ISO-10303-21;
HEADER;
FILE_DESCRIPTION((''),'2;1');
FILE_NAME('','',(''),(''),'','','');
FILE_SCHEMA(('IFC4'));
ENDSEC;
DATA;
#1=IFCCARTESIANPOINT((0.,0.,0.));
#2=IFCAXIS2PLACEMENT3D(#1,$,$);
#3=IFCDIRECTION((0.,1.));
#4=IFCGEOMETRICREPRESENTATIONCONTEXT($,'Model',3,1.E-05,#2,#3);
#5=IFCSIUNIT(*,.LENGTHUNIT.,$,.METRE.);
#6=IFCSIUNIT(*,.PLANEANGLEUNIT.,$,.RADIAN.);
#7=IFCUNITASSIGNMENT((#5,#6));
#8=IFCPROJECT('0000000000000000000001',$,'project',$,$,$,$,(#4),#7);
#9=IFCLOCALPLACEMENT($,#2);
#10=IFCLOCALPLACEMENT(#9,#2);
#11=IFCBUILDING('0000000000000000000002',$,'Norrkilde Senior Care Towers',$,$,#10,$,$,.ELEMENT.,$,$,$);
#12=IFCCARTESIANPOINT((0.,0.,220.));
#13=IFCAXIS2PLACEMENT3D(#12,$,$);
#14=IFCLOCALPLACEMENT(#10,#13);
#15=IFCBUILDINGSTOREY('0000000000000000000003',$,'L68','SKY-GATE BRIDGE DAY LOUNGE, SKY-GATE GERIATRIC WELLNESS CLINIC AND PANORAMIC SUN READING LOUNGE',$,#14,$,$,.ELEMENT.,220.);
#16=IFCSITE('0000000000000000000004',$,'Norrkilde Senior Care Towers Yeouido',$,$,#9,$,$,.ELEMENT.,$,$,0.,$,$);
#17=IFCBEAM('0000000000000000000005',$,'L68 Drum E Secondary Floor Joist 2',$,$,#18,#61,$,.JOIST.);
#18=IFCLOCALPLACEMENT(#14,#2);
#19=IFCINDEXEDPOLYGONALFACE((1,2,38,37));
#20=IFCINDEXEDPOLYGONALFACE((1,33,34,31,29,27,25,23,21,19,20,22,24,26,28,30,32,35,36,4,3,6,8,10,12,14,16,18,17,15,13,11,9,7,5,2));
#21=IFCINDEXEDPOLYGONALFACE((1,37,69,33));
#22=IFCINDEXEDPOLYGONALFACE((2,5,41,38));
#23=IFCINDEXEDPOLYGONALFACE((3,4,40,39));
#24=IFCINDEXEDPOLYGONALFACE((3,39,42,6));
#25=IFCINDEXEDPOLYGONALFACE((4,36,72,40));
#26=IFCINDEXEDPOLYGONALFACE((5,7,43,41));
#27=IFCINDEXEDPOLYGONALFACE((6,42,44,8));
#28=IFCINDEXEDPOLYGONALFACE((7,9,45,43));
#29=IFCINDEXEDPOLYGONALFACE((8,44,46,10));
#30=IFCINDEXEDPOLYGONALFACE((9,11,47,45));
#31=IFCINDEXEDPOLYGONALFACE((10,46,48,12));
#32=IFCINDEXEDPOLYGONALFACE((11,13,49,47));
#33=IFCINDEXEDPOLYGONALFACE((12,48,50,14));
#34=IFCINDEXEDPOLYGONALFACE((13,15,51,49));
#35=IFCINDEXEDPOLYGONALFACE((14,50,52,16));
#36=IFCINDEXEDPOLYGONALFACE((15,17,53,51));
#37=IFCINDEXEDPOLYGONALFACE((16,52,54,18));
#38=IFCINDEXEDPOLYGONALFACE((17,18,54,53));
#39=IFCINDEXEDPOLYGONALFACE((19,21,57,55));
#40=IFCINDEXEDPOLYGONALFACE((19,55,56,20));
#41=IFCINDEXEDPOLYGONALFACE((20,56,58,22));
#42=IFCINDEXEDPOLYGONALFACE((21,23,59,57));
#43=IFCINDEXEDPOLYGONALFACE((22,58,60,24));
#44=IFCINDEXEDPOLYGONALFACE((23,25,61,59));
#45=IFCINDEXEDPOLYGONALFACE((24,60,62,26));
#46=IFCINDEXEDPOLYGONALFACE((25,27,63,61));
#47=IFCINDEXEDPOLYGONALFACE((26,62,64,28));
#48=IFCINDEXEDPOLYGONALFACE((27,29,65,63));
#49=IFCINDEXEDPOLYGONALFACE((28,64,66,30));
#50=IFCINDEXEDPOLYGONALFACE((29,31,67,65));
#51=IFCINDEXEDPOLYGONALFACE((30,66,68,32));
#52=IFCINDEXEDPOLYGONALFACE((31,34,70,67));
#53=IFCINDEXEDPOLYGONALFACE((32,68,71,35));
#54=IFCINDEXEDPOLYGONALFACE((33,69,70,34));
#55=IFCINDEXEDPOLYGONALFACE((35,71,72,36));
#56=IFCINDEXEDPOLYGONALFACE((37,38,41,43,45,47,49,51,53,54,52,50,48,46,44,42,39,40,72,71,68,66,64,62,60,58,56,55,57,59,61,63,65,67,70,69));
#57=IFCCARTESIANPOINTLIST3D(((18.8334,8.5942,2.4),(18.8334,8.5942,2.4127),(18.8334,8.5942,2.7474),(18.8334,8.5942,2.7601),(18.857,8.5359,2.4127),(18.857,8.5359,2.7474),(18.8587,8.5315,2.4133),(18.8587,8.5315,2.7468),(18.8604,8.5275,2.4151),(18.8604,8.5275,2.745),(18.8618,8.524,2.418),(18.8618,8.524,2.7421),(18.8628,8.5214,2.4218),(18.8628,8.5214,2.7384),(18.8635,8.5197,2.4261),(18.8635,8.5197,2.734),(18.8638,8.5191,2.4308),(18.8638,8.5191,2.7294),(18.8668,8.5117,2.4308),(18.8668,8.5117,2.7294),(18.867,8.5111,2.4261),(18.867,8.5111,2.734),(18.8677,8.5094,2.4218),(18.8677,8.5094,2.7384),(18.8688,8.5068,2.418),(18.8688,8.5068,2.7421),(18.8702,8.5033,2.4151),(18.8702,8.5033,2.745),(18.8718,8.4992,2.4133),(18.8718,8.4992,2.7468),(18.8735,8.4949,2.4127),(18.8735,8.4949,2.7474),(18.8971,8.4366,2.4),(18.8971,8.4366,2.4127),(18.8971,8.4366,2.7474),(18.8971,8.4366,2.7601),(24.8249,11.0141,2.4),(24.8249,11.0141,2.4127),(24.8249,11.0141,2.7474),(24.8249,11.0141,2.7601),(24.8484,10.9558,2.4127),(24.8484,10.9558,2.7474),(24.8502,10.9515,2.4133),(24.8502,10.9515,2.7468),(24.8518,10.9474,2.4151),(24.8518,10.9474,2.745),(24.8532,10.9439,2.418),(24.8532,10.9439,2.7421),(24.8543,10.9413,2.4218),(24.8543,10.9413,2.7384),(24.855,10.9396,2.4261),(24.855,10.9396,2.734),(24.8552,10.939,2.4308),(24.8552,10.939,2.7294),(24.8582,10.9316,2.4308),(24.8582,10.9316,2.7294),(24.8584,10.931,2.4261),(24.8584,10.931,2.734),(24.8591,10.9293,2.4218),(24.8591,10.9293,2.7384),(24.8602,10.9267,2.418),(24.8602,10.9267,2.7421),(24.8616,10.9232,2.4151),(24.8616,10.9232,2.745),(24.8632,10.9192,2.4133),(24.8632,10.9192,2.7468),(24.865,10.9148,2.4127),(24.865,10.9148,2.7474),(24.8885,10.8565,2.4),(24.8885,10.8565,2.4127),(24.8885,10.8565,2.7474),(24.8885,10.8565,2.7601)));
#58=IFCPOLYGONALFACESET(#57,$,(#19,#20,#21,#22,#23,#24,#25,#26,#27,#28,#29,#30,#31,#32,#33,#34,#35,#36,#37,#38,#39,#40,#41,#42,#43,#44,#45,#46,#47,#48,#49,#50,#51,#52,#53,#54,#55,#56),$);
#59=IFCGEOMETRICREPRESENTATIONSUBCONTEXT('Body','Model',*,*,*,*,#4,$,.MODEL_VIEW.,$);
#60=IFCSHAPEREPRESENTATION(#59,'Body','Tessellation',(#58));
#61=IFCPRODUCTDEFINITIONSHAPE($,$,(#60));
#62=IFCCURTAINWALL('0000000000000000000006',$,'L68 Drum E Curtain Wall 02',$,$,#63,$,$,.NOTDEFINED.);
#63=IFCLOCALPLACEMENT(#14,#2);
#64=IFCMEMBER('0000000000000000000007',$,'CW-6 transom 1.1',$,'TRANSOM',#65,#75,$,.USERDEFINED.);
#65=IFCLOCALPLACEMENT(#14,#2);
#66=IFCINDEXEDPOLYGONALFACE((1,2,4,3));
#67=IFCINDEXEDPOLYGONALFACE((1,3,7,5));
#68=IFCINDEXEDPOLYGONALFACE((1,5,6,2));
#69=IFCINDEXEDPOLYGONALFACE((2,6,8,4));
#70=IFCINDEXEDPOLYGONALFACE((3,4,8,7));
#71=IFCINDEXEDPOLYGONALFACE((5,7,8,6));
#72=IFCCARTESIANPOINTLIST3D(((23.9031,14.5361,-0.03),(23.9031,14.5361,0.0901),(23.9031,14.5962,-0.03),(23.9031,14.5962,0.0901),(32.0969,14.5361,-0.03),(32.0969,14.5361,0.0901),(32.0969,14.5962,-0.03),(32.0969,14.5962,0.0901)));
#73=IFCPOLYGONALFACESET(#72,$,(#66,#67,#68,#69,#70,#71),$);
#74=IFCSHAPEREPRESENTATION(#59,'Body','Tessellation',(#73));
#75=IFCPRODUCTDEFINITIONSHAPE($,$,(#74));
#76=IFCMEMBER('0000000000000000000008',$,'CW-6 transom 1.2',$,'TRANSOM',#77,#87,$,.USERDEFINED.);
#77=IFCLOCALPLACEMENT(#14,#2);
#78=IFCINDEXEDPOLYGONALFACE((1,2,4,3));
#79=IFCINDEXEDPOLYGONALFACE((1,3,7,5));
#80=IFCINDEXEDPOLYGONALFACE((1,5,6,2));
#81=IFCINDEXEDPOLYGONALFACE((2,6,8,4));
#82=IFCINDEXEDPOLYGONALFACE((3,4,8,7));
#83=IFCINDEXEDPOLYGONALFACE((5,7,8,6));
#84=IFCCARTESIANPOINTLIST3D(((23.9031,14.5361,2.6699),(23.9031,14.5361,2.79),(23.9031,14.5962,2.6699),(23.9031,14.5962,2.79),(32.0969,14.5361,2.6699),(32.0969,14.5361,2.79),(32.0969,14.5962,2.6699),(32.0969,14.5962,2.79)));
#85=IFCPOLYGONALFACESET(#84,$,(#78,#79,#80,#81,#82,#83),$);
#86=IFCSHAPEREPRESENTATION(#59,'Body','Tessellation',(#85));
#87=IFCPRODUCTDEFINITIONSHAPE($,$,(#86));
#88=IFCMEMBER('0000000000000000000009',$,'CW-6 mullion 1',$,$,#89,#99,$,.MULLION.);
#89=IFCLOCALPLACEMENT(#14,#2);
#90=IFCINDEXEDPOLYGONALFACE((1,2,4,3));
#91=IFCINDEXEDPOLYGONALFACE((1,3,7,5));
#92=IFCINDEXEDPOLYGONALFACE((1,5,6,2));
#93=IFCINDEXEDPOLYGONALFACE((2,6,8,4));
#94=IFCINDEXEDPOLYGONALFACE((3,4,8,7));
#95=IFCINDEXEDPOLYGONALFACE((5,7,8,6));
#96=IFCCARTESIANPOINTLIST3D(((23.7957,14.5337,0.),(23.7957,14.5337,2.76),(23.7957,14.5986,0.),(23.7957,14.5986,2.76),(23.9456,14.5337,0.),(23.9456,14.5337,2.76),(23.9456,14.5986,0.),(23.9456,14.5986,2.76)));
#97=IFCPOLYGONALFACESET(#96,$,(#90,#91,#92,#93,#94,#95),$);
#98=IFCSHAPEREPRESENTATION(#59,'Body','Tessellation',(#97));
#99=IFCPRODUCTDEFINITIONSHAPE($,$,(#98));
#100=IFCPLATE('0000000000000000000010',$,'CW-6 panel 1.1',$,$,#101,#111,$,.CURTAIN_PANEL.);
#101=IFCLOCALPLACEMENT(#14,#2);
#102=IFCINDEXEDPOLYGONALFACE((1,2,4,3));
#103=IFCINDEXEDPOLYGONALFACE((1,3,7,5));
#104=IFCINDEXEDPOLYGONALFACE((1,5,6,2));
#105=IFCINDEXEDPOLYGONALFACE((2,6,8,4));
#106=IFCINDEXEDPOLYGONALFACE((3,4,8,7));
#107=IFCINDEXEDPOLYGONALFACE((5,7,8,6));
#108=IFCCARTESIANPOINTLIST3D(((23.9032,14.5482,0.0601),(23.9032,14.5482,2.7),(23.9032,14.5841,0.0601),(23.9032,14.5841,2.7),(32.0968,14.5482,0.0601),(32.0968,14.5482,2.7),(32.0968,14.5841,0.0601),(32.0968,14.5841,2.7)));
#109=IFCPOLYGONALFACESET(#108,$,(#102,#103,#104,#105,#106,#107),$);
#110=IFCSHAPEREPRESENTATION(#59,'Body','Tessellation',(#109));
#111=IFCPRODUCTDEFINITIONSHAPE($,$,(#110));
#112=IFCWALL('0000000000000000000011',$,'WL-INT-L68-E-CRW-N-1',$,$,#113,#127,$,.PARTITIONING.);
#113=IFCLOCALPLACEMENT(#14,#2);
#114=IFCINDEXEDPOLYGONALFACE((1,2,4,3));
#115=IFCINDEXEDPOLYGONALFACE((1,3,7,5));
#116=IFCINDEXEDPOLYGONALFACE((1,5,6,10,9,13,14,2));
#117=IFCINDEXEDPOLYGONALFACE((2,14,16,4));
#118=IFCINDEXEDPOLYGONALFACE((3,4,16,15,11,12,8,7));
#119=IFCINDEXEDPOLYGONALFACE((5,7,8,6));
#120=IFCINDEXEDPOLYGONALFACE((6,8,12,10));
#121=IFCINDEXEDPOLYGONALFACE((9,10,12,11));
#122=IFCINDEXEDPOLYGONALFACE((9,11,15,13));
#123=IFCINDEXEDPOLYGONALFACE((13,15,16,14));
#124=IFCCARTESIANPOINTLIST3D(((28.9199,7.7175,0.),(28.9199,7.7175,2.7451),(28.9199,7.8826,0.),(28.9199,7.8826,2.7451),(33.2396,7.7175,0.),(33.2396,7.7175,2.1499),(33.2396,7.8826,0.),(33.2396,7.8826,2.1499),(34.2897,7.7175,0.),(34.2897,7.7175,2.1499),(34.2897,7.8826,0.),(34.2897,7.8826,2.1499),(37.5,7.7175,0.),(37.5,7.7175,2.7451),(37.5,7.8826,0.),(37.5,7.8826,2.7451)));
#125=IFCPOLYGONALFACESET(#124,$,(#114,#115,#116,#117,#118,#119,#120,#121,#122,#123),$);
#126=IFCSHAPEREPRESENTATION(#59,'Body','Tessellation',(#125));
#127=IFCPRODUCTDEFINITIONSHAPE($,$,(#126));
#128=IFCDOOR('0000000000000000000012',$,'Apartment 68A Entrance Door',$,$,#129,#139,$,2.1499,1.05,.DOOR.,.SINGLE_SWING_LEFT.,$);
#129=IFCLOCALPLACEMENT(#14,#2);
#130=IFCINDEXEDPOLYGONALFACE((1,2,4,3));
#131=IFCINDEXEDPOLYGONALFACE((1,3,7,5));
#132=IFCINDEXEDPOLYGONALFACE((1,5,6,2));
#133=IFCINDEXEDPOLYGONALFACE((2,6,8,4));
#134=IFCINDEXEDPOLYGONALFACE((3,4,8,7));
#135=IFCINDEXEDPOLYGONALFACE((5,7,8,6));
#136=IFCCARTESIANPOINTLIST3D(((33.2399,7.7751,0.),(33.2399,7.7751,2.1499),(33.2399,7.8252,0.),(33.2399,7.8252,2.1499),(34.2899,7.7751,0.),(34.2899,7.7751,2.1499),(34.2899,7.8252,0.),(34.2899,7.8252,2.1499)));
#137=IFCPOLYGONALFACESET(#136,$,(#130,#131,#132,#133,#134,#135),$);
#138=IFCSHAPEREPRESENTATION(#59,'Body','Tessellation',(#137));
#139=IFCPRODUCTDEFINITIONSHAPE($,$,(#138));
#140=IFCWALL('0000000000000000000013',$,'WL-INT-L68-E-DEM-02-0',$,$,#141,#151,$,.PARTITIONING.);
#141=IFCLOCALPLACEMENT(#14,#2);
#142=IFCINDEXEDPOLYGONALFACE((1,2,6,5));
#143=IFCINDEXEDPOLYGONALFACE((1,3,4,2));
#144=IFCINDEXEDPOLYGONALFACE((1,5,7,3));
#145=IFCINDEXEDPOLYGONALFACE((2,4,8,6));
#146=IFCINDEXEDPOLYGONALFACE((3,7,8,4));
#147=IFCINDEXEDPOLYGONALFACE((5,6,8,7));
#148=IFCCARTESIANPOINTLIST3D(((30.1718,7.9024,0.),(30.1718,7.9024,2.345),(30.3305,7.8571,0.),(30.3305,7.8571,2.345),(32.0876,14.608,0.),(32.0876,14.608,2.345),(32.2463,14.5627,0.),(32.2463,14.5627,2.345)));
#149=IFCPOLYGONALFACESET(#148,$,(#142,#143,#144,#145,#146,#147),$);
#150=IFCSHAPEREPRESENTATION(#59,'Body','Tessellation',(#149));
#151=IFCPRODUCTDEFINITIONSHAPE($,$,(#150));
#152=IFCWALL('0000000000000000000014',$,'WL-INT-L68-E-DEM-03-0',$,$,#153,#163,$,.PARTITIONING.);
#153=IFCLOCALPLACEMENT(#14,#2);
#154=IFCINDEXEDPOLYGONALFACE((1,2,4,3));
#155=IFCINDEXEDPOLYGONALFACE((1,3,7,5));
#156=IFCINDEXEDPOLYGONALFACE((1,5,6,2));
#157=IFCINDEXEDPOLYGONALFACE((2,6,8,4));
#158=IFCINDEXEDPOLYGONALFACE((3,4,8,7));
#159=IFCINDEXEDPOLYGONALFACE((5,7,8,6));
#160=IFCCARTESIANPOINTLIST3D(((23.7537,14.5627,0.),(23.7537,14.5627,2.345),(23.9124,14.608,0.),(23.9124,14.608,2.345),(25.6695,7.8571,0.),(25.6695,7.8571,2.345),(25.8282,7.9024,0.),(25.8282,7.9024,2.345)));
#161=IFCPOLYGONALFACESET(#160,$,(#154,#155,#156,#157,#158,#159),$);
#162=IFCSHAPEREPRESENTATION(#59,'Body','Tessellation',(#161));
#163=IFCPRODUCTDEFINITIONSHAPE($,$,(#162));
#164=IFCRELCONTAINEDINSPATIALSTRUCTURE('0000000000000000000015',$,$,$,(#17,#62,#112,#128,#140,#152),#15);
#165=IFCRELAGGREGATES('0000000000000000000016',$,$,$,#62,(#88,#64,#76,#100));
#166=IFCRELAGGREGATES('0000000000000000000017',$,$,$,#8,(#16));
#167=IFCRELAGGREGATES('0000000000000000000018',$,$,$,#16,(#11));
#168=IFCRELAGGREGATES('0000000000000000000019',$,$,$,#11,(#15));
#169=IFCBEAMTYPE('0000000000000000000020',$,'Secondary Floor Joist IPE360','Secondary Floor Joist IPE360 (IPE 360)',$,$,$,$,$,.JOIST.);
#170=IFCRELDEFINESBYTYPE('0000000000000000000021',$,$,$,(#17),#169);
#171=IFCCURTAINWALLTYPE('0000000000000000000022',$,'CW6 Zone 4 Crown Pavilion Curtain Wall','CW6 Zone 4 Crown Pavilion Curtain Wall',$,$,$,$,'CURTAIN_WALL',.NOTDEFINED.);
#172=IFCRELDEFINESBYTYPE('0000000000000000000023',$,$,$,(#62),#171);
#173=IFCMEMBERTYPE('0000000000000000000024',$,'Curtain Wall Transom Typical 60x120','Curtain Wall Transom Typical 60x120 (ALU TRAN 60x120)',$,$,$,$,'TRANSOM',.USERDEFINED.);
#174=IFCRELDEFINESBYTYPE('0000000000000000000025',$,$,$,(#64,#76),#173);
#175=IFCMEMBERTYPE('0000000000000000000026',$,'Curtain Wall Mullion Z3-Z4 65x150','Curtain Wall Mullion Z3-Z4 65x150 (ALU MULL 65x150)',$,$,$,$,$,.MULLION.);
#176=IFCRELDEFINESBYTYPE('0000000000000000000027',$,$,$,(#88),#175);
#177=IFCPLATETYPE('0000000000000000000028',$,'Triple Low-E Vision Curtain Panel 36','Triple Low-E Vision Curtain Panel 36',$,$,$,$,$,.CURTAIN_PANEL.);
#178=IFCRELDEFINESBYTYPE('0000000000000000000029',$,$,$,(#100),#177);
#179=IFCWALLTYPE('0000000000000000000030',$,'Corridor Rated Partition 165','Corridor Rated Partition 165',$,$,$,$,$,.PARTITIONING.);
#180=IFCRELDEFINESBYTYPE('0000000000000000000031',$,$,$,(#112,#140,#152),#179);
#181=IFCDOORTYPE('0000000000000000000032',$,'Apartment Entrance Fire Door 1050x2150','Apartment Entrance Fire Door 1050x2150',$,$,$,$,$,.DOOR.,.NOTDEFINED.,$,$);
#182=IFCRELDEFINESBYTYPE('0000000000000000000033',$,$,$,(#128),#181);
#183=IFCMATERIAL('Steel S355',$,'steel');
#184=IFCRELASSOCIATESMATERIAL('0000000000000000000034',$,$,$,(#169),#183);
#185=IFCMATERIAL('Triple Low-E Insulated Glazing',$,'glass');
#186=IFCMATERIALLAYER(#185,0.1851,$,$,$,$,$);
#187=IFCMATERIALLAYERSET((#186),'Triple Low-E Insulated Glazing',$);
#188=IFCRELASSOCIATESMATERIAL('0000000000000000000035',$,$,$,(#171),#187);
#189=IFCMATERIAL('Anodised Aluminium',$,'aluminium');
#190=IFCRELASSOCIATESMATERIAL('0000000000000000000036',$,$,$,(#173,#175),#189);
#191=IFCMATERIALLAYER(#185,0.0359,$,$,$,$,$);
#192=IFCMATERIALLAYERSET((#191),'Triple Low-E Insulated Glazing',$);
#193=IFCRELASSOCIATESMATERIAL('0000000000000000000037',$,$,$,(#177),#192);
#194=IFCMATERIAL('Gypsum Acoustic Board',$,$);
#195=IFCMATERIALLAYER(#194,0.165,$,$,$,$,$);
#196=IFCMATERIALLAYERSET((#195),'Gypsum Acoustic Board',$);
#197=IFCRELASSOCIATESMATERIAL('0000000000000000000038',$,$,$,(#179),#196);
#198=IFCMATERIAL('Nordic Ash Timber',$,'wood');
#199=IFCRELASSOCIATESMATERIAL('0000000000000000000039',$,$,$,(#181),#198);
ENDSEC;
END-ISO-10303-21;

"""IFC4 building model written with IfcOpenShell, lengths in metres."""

from ifc_helpers import new_model, si_unit, direction, frame, frame_2d, origin, origin_2d, place, context, subcontext, project, spatial, rectangle, i_section, extrude, source, transform, mapped, material, layer, layer_set, material_profile, profile_set, type_object, type_shapes, element, fill, aggregate, save


model = new_model("IFC4")

# Units and contexts
model_context = context("Model", 3, precision=1e-05, world=origin(), true_north=direction((0.0, 1.0)))
body_context = subcontext(model_context, "Body", "Model", "MODEL_VIEW")
ifc_project = project(units=[si_unit("LENGTHUNIT", "METRE"), si_unit("PLANEANGLEUNIT", "RADIAN")], contexts=[model_context])

# Site, building, storey
site_placement = place(None, origin())
site = spatial("IfcSite", under=ifc_project, at=site_placement, Name="Norrkilde Senior Care Towers Yeouido", CompositionType="ELEMENT", RefElevation=0.0)
building_placement = place(site_placement, origin())
building = spatial("IfcBuilding", under=site, at=building_placement, Name="Norrkilde Senior Care Towers", CompositionType="ELEMENT")
storey_placement = place(building_placement, frame((0.0, 0.0, 220.0)))
storey = spatial("IfcBuildingStorey", under=building, at=storey_placement, Name="L68", Description="SKY-GATE BRIDGE DAY LOUNGE, SKY-GATE GERIATRIC WELLNESS CLINIC AND PANORAMIC SUN READING LOUNGE", CompositionType="ELEMENT", Elevation=220.0)

# Beam
ifc_material_1 = material(Name="Steel S355", Category="steel")
ifc_material_profile_1 = material_profile(ifc_material_1, i_section(OverallWidth=0.1699, OverallDepth=0.3601, WebThickness=0.0081, FlangeThickness=0.0127, FilletRadius=0.0181, at=origin_2d()), Name="IPE 360")
ifc_profile_set_1 = profile_set([ifc_material_profile_1], Name="Steel S355")
beam_type_1 = type_object("IfcBeamType", Name="Secondary Floor Joist IPE360", Description="Secondary Floor Joist IPE360 (IPE 360)", PredefinedType="JOIST", material=ifc_profile_set_1)
shared_shape_1 = source(origin(), body_context, "Body", "SweptSolid", [
    extrude(i_section(OverallWidth=0.1699, OverallDepth=0.3601, WebThickness=0.0081, FlangeThickness=0.0127, FilletRadius=0.0181, at=origin_2d()), origin(), (0.0, 0.0, 1.0), 6.4617),
])
type_shapes(beam_type_1, [shared_shape_1])
beam_1_placement = place(storey_placement, frame((24.8567, 10.9353, 2.5801), z_axis=(-0.927226, -0.374502, 0.0), x_axis=(0.374502, -0.927226, 0.0)))
element("IfcBeam", 1, at=beam_1_placement, inside=storey, type_object=beam_type_1, Name="L68 Drum E Secondary Floor Joist 2", PredefinedType="JOIST", context=body_context, shape_type="MappedRepresentation", body=[
    mapped(shared_shape_1, transform((0.0, 0.0, 0.0), x_axis=(1.0, 0.0, 0.0), y_axis=(0.0, 1.0, 0.0), z_axis=(0.0, 0.0, 1.0), scale=1.0)),
])

# Curtain wall, members, plate
ifc_material_2 = material(Name="Triple Low-E Insulated Glazing", Category="glass")
ifc_layer_1 = layer(ifc_material_2, 0.1851)
ifc_layer_set_1 = layer_set([ifc_layer_1], Name="Triple Low-E Insulated Glazing")
curtain_wall_type = type_object("IfcCurtainWallType", Name="CW6 Zone 4 Crown Pavilion Curtain Wall", Description="CW6 Zone 4 Crown Pavilion Curtain Wall", ElementType="CURTAIN_WALL", PredefinedType="NOTDEFINED", material=ifc_layer_set_1)
curtain_wall_placement = place(storey_placement, origin())
curtain_wall = element("IfcCurtainWall", 2, at=curtain_wall_placement, inside=storey, type_object=curtain_wall_type, Name="L68 Drum E Curtain Wall 02", PredefinedType="NOTDEFINED")
ifc_material_3 = material(Name="Anodised Aluminium", Category="aluminium")
ifc_material_profile_2 = material_profile(ifc_material_3, rectangle(XDim=0.0601, YDim=0.1201, at=origin_2d()), Name="ALU TRAN 60x120")
ifc_profile_set_2 = profile_set([ifc_material_profile_2], Name="Anodised Aluminium")
member_type_1 = type_object("IfcMemberType", Name="Curtain Wall Transom Typical 60x120", Description="Curtain Wall Transom Typical 60x120 (ALU TRAN 60x120)", ElementType="TRANSOM", PredefinedType="USERDEFINED", material=ifc_profile_set_2)
shared_shape_2 = source(origin(), body_context, "Body", "SweptSolid", [
    extrude(rectangle(XDim=0.0601, YDim=0.1201, at=origin_2d()), origin(), (0.0, 0.0, 1.0), 8.1938),
])
type_shapes(member_type_1, [shared_shape_2])
member_1_placement = place(storey_placement, frame((23.9031, 14.5662, 0.03), z_axis=(1.0, 0.0, 0.0), x_axis=(0.0, 1.0, 0.0)))
member_1 = element("IfcMember", 3, at=member_1_placement, type_object=member_type_1, Name="CW-6 transom 1.1", ObjectType="TRANSOM", PredefinedType="USERDEFINED", context=body_context, shape_type="MappedRepresentation", body=[
    mapped(shared_shape_2, transform((0.0, 0.0, 0.0), x_axis=(1.0, 0.0, 0.0), y_axis=(0.0, 1.0, 0.0), z_axis=(0.0, 0.0, 1.0), scale=1.0)),
])
member_2_placement = place(storey_placement, frame((23.9031, 14.5662, 2.73), z_axis=(1.0, 0.0, 0.0), x_axis=(0.0, 1.0, 0.0)))
member_2 = element("IfcMember", 4, at=member_2_placement, type_object=member_type_1, Name="CW-6 transom 1.2", ObjectType="TRANSOM", PredefinedType="USERDEFINED", context=body_context, shape_type="MappedRepresentation", body=[
    mapped(shared_shape_2, transform((0.0, 0.0, 0.0), x_axis=(1.0, 0.0, 0.0), y_axis=(0.0, 1.0, 0.0), z_axis=(0.0, 0.0, 1.0), scale=1.0)),
])
ifc_material_profile_3 = material_profile(ifc_material_3, rectangle(XDim=0.0649, YDim=0.1499, at=origin_2d()), Name="ALU MULL 65x150")
ifc_profile_set_3 = profile_set([ifc_material_profile_3], Name="Anodised Aluminium")
member_type_2 = type_object("IfcMemberType", Name="Curtain Wall Mullion Z3-Z4 65x150", Description="Curtain Wall Mullion Z3-Z4 65x150 (ALU MULL 65x150)", PredefinedType="MULLION", material=ifc_profile_set_3)
shared_shape_3 = source(origin(), body_context, "Body", "SweptSolid", [
    extrude(rectangle(XDim=0.0649, YDim=0.1499, at=origin_2d()), origin(), (0.0, 0.0, 1.0), 2.76),
])
type_shapes(member_type_2, [shared_shape_3])
member_3_placement = place(storey_placement, frame((23.8706, 14.5662, 0.0), z_axis=(0.0, 0.0, 1.0), x_axis=(0.0, 1.0, 0.0)))
member_3 = element("IfcMember", 5, at=member_3_placement, type_object=member_type_2, Name="CW-6 mullion 1", PredefinedType="MULLION", context=body_context, shape_type="MappedRepresentation", body=[
    mapped(shared_shape_3, transform((0.0, 0.0, 0.0), x_axis=(1.0, 0.0, 0.0), y_axis=(0.0, 1.0, 0.0), z_axis=(0.0, 0.0, 1.0), scale=1.0)),
])
ifc_layer_2 = layer(ifc_material_2, 0.0359)
ifc_layer_set_2 = layer_set([ifc_layer_2], Name="Triple Low-E Insulated Glazing")
plate_type = type_object("IfcPlateType", Name="Triple Low-E Vision Curtain Panel 36", Description="Triple Low-E Vision Curtain Panel 36", PredefinedType="CURTAIN_PANEL", material=ifc_layer_set_2)
shared_shape_4 = source(origin(), body_context, "Body", "SweptSolid", [
    extrude(rectangle(XDim=8.1936, YDim=0.0359, at=origin_2d()), origin(), (0.0, 0.0, 1.0), 2.6399),
])
type_shapes(plate_type, [shared_shape_4])
plate_placement = place(storey_placement, frame((28.0, 14.5662, 0.0601), z_axis=(0.0, 0.0, 1.0), x_axis=(1.0, 0.0, 0.0)))
plate = element("IfcPlate", 6, at=plate_placement, type_object=plate_type, Name="CW-6 panel 1.1", PredefinedType="CURTAIN_PANEL", context=body_context, shape_type="MappedRepresentation", body=[
    mapped(shared_shape_4, transform((0.0, 0.0, 0.0), x_axis=(1.0, 0.0, 0.0), y_axis=(0.0, 1.0, 0.0), z_axis=(0.0, 0.0, 1.0), scale=1.0)),
])
aggregate(curtain_wall, [member_3, member_1, member_2, plate])

# Wall, opening, door
ifc_material_4 = material(Name="Gypsum Acoustic Board")
ifc_layer_3 = layer(ifc_material_4, 0.165)
ifc_layer_set_3 = layer_set([ifc_layer_3], Name="Gypsum Acoustic Board")
wall_type = type_object("IfcWallType", Name="Corridor Rated Partition 165", Description="Corridor Rated Partition 165", PredefinedType="PARTITIONING", material=ifc_layer_set_3)
shared_shape_5 = source(origin(), body_context, "Body", "SweptSolid", [
    extrude(rectangle(XDim=8.5801, YDim=0.165, at=frame_2d((4.29, 0.0))), origin(), (0.0, 0.0, 1.0), 2.7451),
])
wall_1_placement = place(storey_placement, frame((28.9199, 7.8, 0.0), z_axis=(0.0, 0.0, 1.0), x_axis=(1.0, 0.0, 0.0)))
wall_1 = element("IfcWall", 7, at=wall_1_placement, inside=storey, type_object=wall_type, Name="WL-INT-L68-E-CRW-N-1", PredefinedType="PARTITIONING", context=body_context, shape_type="MappedRepresentation", body=[
    mapped(shared_shape_5, transform((0.0, 0.0, 0.0), x_axis=(1.0, 0.0, 0.0), y_axis=(0.0, 1.0, 0.0), z_axis=(0.0, 0.0, 1.0), scale=1.0)),
])
opening_1_placement = place(wall_1_placement, frame((4.3198, 0.0, 0.0)))
opening_1 = element("IfcOpeningElement", 8, at=opening_1_placement, cuts=wall_1, PredefinedType="OPENING", context=body_context, shape_type="SweptSolid", body=[
    extrude(rectangle(XDim=1.05, YDim=2.1499, at=frame_2d((0.5249, 1.075))), frame((0.0, 0.0925, 0.0), z_axis=(0.0, -1.0, 0.0), x_axis=(1.0, 0.0, 0.0)), (0.0, 0.0, 1.0), 0.1851),
])
ifc_material_5 = material(Name="Nordic Ash Timber", Category="wood")
door_type_1 = type_object("IfcDoorType", Name="Apartment Entrance Fire Door 1050x2150", Description="Apartment Entrance Fire Door 1050x2150", OperationType="NOTDEFINED", PredefinedType="DOOR", material=ifc_material_5)
shared_shape_6 = source(origin(), body_context, "Body", "SweptSolid", [
    extrude(rectangle(XDim=1.05, YDim=2.1499, at=frame_2d((0.5249, 1.075))), frame((0.0, 0.0249, 0.0), z_axis=(0.0, -1.0, 0.0), x_axis=(1.0, 0.0, 0.0)), (0.0, 0.0, 1.0), 0.05),
])
type_shapes(door_type_1, [shared_shape_6])
door_1_placement = place(opening_1_placement, frame((1.05, 0.0, 0.0), z_axis=(0.0, 0.0, 1.0), x_axis=(-1.0, 0.0, 0.0)))
door_1 = element("IfcDoor", 9, at=door_1_placement, inside=storey, type_object=door_type_1, Name="Apartment 68A Entrance Door", OperationType="SINGLE_SWING_LEFT", OverallHeight=2.1499, OverallWidth=1.05, PredefinedType="DOOR", context=body_context, shape_type="MappedRepresentation", body=[
    mapped(shared_shape_6, transform((0.0, 0.0, 0.0), x_axis=(1.0, 0.0, 0.0), y_axis=(0.0, 1.0, 0.0), z_axis=(0.0, 0.0, 1.0), scale=1.0)),
])
fill(opening_1, door_1)

# Walls
shared_shape_7 = source(origin(), body_context, "Body", "SweptSolid", [
    extrude(rectangle(XDim=6.9739, YDim=0.165, at=frame_2d((3.4868, 0.0))), origin(), (0.0, 0.0, 1.0), 2.345),
])
for number, where, z_axis, x_axis, name in (
    (10, (30.2512, 7.8799, 0.0), (0.0, 0.0, 1.0), (0.274707, 0.961528, 0.0), "WL-INT-L68-E-DEM-02-0"),
    (11, (25.7488, 7.8799, 0.0), (0.0, 0.0, 1.0), (-0.274707, 0.961528, 0.0), "WL-INT-L68-E-DEM-03-0"),
):
    element("IfcWall", number, at=place(storey_placement, frame(where, z_axis=z_axis, x_axis=x_axis)), inside=storey, type_object=wall_type, Name=name, PredefinedType="PARTITIONING", context=body_context, shape_type="MappedRepresentation", body=[
        mapped(shared_shape_7, transform((0.0, 0.0, 0.0), x_axis=(1.0, 0.0, 0.0), y_axis=(0.0, 1.0, 0.0), z_axis=(0.0, 0.0, 1.0), scale=1.0)),
    ])

save(model, "model.ifc")
